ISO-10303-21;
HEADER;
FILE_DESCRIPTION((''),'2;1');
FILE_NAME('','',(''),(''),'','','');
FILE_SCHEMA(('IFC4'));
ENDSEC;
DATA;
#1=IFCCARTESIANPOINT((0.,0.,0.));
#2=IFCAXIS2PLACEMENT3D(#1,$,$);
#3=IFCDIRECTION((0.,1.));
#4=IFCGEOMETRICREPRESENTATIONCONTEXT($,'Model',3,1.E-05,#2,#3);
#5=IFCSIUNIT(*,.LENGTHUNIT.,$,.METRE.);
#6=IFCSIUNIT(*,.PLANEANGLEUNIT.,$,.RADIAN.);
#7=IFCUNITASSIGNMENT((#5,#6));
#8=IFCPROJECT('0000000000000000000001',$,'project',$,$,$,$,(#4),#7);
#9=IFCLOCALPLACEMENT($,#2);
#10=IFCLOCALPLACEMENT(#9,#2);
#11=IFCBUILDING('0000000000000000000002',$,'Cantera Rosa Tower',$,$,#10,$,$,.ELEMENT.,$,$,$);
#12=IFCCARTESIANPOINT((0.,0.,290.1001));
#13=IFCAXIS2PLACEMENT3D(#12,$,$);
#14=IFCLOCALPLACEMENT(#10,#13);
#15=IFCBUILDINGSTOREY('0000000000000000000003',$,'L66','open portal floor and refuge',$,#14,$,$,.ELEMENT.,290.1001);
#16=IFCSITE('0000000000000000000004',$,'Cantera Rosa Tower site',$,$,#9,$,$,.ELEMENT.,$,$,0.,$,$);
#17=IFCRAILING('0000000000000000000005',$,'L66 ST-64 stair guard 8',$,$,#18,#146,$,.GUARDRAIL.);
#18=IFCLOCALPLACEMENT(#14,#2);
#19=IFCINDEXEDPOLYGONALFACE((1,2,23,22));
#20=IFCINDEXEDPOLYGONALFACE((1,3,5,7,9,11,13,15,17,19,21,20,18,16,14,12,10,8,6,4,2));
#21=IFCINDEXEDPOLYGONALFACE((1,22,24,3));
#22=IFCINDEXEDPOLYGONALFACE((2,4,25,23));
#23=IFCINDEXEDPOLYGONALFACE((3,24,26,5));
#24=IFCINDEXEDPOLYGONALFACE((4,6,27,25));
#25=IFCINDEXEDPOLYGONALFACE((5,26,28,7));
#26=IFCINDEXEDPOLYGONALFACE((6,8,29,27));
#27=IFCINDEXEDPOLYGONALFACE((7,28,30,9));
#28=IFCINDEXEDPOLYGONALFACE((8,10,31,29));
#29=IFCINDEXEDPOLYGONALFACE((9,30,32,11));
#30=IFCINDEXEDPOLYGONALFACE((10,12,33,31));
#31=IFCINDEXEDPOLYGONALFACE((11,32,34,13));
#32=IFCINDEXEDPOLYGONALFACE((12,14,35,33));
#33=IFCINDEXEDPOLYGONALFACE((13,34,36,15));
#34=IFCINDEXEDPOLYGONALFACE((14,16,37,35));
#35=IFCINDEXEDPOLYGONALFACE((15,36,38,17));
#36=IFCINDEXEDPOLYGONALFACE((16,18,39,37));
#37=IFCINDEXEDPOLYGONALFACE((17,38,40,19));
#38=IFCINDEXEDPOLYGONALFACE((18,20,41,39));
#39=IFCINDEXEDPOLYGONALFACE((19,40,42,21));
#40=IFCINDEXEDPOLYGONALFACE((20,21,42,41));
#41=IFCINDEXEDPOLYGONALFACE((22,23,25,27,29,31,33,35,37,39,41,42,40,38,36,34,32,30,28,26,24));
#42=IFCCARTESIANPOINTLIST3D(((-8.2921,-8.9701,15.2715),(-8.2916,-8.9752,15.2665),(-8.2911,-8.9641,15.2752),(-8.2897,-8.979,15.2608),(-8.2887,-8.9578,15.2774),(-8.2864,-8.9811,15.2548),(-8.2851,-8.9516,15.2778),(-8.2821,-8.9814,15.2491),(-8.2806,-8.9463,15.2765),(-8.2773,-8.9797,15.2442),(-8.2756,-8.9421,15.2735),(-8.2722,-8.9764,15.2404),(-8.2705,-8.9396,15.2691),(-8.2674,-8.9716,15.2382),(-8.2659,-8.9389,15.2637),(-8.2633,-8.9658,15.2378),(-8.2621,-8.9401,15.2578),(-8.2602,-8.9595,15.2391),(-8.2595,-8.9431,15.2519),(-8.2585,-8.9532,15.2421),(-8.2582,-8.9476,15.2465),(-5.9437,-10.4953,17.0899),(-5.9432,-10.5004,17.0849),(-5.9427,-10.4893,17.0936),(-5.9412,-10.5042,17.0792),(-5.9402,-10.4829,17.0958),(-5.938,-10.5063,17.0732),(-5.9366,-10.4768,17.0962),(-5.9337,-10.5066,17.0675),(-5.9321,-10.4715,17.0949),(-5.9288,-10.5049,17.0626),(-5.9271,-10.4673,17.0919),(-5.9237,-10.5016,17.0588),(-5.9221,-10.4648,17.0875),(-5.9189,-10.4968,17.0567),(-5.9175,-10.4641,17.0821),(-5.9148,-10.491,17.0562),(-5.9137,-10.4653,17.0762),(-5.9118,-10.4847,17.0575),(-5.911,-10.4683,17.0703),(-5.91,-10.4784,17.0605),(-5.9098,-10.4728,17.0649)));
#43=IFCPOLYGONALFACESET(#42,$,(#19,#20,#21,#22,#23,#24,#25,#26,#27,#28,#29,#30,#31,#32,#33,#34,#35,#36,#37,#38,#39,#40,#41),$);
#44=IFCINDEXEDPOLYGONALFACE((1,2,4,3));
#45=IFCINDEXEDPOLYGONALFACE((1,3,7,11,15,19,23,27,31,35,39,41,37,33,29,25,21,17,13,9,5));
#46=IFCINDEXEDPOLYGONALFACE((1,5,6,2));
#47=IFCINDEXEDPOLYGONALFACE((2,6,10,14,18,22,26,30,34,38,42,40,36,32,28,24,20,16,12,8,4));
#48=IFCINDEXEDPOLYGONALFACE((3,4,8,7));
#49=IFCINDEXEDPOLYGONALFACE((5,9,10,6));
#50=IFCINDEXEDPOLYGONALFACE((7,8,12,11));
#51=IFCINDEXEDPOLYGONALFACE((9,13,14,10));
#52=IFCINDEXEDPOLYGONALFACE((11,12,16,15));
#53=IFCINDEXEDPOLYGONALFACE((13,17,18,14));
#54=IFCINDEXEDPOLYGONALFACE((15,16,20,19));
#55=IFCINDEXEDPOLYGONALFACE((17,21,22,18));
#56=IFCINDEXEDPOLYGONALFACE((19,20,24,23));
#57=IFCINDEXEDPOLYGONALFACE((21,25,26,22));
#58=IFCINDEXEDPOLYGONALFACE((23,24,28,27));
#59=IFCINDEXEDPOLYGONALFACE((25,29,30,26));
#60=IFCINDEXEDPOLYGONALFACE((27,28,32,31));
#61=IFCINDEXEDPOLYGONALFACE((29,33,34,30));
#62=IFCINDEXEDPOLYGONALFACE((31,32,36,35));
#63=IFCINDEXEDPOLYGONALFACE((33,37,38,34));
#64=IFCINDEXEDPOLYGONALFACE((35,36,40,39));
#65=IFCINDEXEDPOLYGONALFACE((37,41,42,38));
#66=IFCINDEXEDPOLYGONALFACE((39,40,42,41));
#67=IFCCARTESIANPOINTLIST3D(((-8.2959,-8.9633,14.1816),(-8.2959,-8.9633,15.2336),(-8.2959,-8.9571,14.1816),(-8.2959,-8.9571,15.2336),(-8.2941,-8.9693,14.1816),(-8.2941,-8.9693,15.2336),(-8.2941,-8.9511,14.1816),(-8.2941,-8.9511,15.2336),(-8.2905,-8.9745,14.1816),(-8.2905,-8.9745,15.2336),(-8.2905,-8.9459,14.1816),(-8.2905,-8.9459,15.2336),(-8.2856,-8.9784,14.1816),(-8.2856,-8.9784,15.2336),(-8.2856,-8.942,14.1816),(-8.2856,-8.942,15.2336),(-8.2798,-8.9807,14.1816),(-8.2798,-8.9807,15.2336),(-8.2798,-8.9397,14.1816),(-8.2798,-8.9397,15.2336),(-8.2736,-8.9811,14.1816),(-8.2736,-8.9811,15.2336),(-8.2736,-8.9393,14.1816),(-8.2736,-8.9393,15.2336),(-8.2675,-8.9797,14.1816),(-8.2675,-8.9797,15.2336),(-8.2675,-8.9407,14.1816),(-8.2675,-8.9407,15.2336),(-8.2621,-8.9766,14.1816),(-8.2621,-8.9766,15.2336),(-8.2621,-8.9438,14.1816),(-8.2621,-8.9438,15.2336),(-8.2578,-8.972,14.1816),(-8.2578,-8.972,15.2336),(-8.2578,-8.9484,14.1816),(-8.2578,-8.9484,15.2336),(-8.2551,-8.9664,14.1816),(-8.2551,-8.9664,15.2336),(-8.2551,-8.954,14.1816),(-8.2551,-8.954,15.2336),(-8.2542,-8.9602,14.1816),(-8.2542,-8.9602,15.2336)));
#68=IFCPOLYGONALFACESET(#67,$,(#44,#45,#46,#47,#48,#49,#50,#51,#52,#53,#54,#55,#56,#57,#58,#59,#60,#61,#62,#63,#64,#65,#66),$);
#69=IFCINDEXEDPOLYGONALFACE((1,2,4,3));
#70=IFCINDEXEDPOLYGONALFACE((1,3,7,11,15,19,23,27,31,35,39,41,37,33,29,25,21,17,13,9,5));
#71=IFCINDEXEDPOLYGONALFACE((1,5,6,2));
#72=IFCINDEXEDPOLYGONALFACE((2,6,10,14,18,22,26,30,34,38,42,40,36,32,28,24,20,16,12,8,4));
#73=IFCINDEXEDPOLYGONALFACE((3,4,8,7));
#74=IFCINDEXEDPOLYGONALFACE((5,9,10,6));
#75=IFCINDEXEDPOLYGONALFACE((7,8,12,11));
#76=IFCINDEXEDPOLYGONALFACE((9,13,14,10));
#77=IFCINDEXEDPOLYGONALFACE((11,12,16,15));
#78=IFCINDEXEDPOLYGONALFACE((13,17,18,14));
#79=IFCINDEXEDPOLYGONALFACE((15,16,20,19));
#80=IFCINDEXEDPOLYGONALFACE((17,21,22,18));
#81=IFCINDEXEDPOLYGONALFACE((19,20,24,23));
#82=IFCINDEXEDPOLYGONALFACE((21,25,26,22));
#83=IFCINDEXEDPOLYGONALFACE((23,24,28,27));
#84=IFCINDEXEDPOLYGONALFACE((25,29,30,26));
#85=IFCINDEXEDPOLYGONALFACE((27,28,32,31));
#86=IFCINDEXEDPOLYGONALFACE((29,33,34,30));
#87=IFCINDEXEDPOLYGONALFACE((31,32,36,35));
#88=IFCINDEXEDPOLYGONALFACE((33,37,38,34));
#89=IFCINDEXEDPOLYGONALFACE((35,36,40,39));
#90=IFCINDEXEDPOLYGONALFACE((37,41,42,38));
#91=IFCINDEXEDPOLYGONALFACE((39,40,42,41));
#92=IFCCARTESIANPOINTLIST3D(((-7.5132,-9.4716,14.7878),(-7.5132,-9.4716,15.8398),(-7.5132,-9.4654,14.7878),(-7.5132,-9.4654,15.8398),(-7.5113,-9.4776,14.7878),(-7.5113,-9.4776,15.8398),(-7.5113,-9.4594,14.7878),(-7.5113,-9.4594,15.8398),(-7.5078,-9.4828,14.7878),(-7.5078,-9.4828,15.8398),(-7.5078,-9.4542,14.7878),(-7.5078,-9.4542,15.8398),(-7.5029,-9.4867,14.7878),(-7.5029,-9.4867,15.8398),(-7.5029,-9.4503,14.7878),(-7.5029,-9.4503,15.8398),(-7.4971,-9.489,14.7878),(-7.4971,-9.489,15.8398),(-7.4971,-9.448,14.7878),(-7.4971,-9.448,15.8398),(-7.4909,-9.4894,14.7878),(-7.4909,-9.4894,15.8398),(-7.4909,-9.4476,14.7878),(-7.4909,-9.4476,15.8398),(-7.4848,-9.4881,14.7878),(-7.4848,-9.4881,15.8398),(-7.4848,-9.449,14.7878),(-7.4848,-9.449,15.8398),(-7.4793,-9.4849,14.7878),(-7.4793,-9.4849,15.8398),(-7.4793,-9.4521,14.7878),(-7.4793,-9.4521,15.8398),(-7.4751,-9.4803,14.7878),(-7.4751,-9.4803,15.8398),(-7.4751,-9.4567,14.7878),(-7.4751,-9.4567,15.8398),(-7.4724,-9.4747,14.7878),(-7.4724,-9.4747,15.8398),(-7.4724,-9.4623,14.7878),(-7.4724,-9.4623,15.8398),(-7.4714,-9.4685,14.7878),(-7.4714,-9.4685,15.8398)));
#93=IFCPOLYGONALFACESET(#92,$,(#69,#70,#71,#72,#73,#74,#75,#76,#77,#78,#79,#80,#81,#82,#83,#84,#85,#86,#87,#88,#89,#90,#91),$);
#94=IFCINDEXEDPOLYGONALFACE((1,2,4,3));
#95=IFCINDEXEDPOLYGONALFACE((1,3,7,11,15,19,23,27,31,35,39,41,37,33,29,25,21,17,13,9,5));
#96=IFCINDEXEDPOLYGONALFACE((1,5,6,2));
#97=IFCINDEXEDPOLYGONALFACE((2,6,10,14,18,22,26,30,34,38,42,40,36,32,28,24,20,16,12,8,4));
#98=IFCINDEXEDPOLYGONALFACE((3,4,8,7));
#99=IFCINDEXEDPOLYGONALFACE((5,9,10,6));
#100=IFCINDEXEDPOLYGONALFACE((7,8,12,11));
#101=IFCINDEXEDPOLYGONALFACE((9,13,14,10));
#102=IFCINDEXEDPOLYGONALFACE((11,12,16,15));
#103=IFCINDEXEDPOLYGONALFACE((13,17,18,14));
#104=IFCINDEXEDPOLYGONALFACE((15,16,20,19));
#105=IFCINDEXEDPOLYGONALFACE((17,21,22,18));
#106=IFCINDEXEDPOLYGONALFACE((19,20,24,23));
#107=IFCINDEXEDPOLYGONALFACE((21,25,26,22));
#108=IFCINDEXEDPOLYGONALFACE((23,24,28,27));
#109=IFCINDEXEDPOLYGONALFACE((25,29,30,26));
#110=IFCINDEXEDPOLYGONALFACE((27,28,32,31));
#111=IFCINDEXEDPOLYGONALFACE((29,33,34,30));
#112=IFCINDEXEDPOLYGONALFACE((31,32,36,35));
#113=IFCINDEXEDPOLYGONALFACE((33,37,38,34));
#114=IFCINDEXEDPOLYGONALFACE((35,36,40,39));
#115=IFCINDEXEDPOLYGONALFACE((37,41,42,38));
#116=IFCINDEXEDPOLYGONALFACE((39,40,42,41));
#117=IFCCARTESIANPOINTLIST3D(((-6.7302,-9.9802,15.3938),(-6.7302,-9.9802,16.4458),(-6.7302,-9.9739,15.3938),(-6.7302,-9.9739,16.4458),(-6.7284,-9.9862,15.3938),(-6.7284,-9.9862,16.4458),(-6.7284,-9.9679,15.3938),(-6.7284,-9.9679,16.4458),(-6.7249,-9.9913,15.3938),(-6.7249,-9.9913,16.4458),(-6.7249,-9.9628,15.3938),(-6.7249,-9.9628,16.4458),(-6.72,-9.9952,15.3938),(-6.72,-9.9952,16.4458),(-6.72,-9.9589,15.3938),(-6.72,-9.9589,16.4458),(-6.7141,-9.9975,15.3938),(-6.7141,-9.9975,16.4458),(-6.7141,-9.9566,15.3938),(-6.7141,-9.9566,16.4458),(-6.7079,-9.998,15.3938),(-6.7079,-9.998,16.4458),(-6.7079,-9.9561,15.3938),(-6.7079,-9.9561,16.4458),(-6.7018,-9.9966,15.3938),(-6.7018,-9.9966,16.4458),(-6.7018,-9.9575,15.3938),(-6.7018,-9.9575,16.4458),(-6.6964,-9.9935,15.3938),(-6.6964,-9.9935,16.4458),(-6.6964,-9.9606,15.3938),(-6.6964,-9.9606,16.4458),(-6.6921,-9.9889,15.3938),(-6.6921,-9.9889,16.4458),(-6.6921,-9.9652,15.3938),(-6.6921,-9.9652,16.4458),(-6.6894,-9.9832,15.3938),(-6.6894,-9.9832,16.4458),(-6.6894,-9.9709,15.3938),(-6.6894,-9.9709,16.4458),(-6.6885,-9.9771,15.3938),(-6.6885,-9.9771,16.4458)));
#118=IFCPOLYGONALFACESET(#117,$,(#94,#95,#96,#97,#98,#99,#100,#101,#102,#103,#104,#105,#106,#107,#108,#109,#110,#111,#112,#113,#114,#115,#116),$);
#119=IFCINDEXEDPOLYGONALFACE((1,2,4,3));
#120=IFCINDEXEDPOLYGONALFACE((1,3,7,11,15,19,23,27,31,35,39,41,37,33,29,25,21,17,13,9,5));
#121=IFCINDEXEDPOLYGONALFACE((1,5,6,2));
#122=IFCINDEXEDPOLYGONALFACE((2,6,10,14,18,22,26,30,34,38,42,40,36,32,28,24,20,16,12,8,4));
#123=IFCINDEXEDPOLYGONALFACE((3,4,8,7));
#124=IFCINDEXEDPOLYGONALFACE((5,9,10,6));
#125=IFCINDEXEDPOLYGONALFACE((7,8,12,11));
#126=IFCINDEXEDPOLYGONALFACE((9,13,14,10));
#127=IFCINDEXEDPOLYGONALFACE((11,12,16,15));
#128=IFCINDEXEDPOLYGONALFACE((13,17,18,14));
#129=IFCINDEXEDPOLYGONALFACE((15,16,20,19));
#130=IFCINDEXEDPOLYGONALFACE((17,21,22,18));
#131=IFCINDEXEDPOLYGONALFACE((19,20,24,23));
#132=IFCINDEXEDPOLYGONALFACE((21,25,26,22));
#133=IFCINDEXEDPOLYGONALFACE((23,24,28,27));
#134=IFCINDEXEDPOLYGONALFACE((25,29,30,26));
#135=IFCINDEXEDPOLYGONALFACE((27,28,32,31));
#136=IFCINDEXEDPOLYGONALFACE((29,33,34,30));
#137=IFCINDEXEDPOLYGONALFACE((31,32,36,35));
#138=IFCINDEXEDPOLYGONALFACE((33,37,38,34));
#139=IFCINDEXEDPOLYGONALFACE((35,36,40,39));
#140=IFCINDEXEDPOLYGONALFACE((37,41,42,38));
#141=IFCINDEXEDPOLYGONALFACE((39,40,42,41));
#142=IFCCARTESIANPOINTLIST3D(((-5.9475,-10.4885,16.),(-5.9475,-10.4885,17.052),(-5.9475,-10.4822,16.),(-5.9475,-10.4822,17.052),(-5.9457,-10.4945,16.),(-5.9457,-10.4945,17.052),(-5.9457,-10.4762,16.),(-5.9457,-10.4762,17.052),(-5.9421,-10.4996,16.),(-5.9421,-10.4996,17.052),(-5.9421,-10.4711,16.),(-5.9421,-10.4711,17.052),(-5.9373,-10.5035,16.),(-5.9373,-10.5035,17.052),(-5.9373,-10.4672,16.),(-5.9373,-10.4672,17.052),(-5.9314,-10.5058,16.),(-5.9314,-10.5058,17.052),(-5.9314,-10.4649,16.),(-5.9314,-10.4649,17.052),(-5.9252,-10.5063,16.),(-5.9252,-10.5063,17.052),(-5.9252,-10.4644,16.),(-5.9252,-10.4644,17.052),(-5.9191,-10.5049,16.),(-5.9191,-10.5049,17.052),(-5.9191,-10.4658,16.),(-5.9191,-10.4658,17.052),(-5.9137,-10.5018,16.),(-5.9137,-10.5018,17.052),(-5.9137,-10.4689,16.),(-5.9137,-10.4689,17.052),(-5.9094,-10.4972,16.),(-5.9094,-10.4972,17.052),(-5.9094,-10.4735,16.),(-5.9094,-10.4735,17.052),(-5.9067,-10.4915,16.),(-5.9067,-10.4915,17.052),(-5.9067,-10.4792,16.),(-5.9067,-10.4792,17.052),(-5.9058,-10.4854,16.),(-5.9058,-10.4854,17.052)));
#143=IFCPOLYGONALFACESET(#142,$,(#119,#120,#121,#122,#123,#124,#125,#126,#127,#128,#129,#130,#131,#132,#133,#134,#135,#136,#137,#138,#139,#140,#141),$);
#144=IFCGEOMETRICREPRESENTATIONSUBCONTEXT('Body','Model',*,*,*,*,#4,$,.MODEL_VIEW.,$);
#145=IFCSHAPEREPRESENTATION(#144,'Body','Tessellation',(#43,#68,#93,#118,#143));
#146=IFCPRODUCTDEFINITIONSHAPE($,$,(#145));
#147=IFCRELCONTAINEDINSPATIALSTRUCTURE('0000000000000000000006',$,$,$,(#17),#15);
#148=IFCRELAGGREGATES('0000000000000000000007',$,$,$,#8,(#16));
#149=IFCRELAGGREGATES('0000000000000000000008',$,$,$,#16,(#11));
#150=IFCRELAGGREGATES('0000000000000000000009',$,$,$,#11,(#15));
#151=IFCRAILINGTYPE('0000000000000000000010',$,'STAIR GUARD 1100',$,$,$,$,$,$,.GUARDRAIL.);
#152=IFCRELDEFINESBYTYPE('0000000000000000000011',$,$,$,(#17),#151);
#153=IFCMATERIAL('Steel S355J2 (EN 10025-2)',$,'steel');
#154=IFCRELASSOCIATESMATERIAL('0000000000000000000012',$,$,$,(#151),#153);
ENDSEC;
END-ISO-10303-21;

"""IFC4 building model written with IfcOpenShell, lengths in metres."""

from ifc_helpers import new_model, si_unit, direction, frame, origin, origin_2d, place, context, subcontext, project, spatial, circle, extrude, material, type_object, element, save


model = new_model("IFC4")

# Units and contexts
model_context = context("Model", 3, precision=1e-05, world=origin(), true_north=direction((0.0, 1.0)))
body_context = subcontext(model_context, "Body", "Model", "MODEL_VIEW")
ifc_project = project(units=[si_unit("LENGTHUNIT", "METRE"), si_unit("PLANEANGLEUNIT", "RADIAN")], contexts=[model_context])

# Site, building, storey
site_placement = place(None, origin())
site = spatial("IfcSite", under=ifc_project, at=site_placement, Name="Cantera Rosa Tower site", CompositionType="ELEMENT", RefElevation=0.0)
building_placement = place(site_placement, origin())
building = spatial("IfcBuilding", under=site, at=building_placement, Name="Cantera Rosa Tower", CompositionType="ELEMENT")
storey_placement = place(building_placement, frame((0.0, 0.0, 290.1001)))
storey = spatial("IfcBuildingStorey", under=building, at=storey_placement, Name="L66", Description="open portal floor and refuge", CompositionType="ELEMENT", Elevation=290.1001)

# Railing
ifc_material_1 = material(Name="Steel S355J2 (EN 10025-2)", Category="steel")
railing_type_1 = type_object("IfcRailingType", Name="STAIR GUARD 1100", PredefinedType="GUARDRAIL", material=ifc_material_1)
railing_1_placement = place(storey_placement, frame((-8.2751, -8.9602, 14.1816)))
element("IfcRailing", 1, at=railing_1_placement, inside=storey, type_object=railing_type_1, Name="L66 ST-64 stair guard 8", PredefinedType="GUARDRAIL", context=body_context, shape_type="SweptSolid", body=[
    extrude(circle(Radius=0.0239, at=origin_2d()), frame((0.0, 0.0, 1.0762), z_axis=(0.703368, -0.456798, 0.544618), x_axis=(0.54466, 0.838657, 0.0)), (0.0, 0.0, 1.0), 3.3389),
    extrude(circle(Radius=0.021, at=origin_2d()), origin(), (0.0, 0.0, 1.0), 1.052),
    extrude(circle(Radius=0.021, at=origin_2d()), frame((0.7827, -0.5083, 0.6062)), (0.0, 0.0, 1.0), 1.052),
    extrude(circle(Radius=0.021, at=origin_2d()), frame((1.5657, -1.0168, 1.2122)), (0.0, 0.0, 1.0), 1.052),
    extrude(circle(Radius=0.021, at=origin_2d()), frame((2.3484, -1.5251, 1.8184)), (0.0, 0.0, 1.0), 1.052),
])

save(model, "model.ifc")
